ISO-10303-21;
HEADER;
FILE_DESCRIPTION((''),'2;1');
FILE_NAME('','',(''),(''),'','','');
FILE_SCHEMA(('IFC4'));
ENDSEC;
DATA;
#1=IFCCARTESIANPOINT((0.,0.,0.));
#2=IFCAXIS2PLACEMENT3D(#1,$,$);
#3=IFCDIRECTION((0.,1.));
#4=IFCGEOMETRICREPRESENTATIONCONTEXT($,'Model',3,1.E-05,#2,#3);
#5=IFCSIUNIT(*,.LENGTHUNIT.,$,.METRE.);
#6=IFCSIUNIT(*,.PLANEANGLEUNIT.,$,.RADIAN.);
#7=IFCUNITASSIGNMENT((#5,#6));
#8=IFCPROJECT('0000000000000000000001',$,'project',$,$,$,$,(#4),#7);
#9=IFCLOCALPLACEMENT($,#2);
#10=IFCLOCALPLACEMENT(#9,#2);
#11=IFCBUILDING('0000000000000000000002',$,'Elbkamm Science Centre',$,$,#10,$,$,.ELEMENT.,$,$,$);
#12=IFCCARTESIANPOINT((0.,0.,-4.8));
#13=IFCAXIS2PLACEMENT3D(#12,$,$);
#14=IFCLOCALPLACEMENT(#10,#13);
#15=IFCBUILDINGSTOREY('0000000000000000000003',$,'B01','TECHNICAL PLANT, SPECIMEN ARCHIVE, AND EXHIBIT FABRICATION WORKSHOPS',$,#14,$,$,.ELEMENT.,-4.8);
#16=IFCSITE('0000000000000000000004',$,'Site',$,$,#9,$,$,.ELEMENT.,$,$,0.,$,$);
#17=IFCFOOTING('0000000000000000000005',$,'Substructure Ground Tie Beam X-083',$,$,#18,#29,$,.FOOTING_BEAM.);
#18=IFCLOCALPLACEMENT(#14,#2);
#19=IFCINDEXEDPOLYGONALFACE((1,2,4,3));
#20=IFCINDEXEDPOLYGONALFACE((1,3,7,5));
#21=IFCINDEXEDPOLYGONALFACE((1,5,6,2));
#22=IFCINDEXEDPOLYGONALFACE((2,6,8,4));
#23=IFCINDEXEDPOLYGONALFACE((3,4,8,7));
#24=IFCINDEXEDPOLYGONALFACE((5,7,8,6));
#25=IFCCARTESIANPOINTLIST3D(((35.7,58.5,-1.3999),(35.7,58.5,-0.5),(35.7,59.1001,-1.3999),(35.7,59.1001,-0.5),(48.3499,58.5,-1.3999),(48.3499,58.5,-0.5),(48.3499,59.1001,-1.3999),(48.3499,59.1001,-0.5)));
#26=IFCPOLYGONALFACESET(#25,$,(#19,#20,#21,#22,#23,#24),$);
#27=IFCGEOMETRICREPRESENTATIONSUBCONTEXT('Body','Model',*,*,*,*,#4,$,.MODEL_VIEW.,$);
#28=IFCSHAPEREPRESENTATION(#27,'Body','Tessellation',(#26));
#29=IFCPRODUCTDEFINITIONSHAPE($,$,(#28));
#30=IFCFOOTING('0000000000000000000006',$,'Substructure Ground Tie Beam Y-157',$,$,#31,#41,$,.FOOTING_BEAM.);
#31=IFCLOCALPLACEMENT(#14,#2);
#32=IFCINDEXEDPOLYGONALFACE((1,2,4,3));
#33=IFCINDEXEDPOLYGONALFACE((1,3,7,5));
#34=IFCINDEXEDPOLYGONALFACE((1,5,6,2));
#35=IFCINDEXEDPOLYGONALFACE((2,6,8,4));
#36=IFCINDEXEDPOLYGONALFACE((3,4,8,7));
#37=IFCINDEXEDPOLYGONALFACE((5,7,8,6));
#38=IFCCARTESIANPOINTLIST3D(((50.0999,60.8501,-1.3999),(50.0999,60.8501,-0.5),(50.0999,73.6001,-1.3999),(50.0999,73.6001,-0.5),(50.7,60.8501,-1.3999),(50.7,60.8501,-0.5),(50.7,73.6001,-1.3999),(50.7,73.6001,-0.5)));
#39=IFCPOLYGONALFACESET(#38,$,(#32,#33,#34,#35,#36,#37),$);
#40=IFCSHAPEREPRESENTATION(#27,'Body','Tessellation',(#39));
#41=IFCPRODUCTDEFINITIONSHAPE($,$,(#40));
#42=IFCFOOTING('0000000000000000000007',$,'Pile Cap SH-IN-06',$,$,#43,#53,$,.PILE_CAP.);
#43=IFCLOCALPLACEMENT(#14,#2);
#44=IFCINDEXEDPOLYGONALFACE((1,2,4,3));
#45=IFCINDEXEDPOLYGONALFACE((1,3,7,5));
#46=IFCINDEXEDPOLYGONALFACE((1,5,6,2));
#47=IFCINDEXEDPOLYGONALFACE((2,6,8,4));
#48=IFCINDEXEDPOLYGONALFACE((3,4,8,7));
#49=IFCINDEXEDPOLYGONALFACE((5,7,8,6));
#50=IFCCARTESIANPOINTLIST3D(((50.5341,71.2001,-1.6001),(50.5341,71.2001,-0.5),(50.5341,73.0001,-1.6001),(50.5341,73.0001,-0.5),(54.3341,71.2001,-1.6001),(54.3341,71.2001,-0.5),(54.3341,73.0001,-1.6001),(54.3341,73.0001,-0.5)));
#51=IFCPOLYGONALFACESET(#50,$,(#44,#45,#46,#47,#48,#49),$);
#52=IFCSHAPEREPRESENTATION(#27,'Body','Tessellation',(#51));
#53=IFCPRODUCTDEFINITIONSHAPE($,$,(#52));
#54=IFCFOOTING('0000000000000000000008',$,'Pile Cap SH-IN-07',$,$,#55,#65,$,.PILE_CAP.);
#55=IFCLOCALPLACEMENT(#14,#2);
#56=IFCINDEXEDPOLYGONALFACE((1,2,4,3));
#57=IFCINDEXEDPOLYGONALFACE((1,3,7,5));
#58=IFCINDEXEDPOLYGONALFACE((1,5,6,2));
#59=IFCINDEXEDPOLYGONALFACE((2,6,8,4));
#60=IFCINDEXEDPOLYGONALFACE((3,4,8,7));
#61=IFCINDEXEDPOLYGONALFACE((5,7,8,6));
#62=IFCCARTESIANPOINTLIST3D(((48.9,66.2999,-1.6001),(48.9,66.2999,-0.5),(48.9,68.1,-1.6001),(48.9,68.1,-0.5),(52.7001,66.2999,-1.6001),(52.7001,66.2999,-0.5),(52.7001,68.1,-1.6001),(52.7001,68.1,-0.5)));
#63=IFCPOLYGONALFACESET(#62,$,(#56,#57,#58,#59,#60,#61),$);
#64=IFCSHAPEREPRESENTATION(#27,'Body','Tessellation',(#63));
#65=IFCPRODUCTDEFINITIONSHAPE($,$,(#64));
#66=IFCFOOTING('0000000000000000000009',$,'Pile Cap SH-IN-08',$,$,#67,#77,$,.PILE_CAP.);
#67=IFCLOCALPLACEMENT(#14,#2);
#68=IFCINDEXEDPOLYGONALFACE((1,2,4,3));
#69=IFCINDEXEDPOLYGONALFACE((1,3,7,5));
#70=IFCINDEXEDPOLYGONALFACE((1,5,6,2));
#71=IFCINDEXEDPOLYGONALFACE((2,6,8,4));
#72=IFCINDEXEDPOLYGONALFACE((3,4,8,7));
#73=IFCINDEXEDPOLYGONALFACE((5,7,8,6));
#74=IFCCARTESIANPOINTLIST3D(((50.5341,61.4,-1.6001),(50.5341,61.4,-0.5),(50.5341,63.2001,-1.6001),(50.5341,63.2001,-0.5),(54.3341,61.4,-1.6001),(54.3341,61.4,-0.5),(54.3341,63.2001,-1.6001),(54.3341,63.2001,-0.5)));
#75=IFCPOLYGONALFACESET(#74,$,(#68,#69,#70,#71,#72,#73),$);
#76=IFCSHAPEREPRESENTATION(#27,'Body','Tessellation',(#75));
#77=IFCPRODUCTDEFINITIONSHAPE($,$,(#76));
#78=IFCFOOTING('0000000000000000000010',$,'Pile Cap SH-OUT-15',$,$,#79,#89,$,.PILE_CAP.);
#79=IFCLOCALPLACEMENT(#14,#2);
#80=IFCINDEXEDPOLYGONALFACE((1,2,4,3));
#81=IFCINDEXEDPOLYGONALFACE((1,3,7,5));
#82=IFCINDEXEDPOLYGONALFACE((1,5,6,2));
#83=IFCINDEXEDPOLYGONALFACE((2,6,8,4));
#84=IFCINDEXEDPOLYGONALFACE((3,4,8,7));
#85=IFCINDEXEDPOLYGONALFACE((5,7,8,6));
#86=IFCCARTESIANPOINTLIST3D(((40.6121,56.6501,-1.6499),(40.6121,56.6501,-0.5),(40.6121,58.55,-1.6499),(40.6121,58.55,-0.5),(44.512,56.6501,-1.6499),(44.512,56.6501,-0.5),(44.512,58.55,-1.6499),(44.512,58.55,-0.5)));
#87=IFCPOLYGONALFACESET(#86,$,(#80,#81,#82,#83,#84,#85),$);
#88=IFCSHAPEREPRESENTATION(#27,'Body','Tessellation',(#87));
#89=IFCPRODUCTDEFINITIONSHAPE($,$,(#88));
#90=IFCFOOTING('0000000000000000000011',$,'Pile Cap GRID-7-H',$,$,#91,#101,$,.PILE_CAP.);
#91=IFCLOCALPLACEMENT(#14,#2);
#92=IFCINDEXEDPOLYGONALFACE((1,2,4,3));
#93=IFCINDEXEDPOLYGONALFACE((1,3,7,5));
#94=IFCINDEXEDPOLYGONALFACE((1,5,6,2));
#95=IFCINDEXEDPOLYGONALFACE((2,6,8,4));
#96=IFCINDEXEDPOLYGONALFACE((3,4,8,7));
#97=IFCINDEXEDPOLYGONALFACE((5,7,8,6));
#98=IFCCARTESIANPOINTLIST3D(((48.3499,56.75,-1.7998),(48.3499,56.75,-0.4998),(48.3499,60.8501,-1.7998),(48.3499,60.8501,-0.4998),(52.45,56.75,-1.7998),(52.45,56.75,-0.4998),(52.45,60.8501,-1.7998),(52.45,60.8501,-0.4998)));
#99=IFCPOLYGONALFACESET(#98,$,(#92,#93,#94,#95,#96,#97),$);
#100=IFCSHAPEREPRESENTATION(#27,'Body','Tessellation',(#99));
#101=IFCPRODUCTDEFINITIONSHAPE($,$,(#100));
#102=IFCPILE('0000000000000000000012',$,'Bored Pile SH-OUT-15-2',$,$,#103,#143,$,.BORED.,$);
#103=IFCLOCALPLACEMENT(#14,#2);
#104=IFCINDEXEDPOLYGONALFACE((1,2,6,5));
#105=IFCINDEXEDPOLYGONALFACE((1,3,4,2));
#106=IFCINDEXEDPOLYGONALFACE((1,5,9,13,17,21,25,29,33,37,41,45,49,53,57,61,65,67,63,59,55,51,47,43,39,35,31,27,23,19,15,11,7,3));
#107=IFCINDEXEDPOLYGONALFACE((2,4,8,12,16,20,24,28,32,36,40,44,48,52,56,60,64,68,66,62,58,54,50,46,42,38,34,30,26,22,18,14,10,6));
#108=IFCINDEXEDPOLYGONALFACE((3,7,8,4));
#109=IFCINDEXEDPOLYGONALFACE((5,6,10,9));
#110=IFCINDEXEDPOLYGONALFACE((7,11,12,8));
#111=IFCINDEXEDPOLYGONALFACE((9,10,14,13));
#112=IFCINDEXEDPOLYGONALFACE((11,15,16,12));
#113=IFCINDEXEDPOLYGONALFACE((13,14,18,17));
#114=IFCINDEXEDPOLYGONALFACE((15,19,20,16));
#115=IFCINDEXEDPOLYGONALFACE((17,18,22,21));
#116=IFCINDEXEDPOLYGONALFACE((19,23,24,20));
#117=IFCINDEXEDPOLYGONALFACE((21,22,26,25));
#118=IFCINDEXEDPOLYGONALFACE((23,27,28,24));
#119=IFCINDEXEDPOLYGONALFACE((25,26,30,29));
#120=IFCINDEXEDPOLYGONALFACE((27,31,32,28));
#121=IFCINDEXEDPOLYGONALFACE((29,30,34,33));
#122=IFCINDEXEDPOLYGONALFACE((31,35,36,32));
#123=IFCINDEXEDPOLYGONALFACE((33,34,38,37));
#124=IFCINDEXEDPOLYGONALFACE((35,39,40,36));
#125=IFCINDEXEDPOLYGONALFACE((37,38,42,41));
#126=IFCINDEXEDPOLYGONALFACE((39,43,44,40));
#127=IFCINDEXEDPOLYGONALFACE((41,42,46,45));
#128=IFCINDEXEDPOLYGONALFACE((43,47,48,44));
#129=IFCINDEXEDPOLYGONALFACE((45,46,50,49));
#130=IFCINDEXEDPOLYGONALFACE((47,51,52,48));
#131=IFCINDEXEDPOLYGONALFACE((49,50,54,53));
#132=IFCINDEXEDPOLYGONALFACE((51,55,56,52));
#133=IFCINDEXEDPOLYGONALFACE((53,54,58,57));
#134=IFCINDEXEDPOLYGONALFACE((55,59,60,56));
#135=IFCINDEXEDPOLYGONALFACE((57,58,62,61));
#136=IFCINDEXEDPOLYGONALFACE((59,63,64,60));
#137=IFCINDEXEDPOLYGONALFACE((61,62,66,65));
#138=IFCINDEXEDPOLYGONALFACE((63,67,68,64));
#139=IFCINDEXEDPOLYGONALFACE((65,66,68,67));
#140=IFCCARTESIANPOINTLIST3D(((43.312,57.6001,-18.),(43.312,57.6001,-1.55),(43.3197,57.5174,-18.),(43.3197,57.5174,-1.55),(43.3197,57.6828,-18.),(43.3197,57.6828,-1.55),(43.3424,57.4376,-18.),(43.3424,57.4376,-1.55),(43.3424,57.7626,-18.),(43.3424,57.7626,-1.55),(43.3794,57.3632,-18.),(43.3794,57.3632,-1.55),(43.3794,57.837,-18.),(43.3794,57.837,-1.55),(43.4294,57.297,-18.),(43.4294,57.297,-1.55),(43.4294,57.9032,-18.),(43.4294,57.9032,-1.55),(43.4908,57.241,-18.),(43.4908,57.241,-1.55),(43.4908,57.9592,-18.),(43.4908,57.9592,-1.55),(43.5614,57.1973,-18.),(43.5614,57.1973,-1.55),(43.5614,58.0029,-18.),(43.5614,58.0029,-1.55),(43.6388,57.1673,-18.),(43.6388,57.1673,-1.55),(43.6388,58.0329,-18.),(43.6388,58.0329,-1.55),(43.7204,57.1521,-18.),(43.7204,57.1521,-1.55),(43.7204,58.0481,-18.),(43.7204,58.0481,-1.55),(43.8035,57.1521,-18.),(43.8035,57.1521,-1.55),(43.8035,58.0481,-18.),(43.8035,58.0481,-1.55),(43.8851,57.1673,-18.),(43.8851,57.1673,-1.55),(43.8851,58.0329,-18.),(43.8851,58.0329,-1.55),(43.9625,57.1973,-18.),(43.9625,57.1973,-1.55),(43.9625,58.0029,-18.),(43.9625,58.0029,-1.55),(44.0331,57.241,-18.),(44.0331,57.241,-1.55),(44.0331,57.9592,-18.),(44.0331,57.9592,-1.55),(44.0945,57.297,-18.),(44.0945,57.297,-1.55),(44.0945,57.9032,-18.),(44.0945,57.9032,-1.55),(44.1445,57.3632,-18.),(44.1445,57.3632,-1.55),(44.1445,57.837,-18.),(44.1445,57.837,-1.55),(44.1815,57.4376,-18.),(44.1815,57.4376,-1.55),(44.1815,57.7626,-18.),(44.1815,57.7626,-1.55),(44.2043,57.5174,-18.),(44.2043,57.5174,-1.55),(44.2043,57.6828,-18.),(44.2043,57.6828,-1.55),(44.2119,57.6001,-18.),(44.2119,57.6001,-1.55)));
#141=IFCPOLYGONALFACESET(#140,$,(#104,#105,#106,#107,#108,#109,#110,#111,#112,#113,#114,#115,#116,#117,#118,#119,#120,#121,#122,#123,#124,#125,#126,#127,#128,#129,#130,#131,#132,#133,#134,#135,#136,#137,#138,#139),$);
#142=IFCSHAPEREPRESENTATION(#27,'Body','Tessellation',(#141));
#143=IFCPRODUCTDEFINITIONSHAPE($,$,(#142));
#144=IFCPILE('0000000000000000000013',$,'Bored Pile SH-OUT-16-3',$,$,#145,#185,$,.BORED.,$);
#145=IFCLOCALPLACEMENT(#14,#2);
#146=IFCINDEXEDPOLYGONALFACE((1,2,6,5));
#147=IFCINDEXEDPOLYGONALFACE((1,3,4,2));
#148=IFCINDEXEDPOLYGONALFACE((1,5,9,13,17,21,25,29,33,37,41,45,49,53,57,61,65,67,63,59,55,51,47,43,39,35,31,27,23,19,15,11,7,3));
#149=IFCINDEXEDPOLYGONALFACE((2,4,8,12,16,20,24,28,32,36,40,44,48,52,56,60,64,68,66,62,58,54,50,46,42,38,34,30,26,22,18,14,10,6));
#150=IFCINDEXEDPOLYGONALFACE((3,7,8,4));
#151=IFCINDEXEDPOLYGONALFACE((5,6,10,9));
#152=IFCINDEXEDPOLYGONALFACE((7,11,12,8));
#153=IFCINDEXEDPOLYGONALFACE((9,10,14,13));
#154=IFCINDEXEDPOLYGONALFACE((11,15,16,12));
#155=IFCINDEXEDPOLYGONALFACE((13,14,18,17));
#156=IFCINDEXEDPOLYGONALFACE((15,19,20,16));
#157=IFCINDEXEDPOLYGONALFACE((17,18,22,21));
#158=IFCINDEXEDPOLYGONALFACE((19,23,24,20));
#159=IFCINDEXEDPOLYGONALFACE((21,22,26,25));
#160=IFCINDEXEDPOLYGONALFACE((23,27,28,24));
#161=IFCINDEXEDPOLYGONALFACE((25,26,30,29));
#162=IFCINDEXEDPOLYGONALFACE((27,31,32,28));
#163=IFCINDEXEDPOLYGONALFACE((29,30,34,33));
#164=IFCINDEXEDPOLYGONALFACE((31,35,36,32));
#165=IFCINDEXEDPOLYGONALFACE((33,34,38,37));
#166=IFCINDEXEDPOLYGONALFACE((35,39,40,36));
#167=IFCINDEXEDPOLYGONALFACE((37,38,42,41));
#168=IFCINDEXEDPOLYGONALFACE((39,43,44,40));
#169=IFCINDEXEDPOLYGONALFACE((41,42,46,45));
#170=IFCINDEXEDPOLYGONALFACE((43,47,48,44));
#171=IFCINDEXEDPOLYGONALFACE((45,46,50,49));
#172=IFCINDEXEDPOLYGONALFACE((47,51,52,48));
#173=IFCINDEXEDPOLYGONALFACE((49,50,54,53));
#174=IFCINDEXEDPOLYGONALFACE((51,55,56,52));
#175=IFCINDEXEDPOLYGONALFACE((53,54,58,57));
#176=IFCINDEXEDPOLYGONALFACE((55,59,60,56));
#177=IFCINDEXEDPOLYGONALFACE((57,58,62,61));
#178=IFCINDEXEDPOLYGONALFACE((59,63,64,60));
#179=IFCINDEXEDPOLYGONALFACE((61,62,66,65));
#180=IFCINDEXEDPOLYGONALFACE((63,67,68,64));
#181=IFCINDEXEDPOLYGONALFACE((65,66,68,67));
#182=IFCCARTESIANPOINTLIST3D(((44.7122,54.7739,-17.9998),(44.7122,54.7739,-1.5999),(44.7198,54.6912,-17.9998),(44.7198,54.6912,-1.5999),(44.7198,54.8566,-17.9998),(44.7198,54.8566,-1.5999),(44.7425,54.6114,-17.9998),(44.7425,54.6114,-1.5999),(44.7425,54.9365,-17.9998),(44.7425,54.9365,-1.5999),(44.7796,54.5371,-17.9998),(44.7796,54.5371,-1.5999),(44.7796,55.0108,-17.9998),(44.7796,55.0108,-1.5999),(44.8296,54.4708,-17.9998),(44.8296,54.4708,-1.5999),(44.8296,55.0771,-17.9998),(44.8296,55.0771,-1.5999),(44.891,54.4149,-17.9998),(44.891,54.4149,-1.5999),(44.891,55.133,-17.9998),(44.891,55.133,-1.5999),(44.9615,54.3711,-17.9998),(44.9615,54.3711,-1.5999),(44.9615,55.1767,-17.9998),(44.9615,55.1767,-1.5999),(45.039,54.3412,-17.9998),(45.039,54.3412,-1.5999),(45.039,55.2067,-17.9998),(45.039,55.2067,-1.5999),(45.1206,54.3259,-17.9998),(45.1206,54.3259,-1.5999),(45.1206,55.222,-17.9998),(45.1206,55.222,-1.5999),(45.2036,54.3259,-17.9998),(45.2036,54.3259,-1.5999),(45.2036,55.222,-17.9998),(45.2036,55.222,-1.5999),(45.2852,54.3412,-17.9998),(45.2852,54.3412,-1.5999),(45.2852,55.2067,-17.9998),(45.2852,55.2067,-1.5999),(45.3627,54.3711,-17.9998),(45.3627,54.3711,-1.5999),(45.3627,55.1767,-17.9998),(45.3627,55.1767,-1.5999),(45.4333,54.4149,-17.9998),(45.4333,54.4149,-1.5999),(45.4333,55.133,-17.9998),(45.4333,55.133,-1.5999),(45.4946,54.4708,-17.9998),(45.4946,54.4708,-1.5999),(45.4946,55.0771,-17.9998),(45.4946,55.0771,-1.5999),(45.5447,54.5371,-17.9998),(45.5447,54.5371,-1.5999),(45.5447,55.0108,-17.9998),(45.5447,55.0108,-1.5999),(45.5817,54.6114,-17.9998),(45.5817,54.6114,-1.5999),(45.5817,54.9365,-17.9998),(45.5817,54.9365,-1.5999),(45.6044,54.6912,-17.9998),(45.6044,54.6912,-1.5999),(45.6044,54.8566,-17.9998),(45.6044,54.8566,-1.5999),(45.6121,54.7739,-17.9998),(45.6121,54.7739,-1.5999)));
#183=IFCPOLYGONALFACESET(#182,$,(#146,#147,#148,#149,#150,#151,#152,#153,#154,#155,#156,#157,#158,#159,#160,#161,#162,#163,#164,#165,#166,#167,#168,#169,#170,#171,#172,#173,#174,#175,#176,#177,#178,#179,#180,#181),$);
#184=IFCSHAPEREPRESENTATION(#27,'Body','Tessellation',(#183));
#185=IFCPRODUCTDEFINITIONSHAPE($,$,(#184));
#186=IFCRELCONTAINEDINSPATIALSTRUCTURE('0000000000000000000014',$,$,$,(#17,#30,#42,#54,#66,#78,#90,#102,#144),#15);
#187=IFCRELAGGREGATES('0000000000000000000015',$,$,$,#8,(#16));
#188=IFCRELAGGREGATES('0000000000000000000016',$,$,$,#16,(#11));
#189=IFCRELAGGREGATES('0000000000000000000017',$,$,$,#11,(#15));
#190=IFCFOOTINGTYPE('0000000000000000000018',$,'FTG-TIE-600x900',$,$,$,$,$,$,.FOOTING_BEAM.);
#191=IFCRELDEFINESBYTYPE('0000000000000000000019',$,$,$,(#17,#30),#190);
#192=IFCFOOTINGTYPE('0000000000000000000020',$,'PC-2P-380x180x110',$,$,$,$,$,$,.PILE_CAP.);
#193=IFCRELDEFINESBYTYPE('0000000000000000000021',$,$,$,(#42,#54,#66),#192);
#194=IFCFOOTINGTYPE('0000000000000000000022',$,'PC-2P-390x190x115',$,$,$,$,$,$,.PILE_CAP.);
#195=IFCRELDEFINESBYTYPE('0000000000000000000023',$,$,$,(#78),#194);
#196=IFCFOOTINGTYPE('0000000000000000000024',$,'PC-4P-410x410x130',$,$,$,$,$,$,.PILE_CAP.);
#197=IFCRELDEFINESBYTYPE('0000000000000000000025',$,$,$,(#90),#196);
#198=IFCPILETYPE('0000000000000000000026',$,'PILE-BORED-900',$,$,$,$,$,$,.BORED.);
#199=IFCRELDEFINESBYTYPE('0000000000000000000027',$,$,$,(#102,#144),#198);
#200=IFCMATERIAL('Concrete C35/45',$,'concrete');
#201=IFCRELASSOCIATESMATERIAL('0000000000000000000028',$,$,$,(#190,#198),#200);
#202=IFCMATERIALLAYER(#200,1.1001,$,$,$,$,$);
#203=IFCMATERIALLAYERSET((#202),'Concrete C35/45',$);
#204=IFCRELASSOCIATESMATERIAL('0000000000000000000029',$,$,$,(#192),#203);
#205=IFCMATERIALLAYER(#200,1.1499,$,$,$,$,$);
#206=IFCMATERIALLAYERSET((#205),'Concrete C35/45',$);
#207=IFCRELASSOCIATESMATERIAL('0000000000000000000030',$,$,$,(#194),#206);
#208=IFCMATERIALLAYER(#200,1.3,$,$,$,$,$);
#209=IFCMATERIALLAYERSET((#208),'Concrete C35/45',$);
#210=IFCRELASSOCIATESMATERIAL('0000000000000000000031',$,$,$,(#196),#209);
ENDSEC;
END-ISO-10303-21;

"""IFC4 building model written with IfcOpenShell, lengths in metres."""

from ifc_helpers import new_model, si_unit, direction, frame, origin, origin_2d, place, context, subcontext, project, spatial, rectangle, circle, extrude, material, layer, layer_set, material_profile, profile_set, type_object, element, save


model = new_model("IFC4")

# Units and contexts
model_context = context("Model", 3, precision=1e-05, world=origin(), true_north=direction((0.0, 1.0)))
body_context = subcontext(model_context, "Body", "Model", "MODEL_VIEW")
ifc_project = project(units=[si_unit("LENGTHUNIT", "METRE"), si_unit("PLANEANGLEUNIT", "RADIAN")], contexts=[model_context])

# Site, building, storey
site_placement = place(None, origin())
site = spatial("IfcSite", under=ifc_project, at=site_placement, Name="Site", CompositionType="ELEMENT", RefElevation=0.0)
building_placement = place(site_placement, origin())
building = spatial("IfcBuilding", under=site, at=building_placement, Name="Elbkamm Science Centre", CompositionType="ELEMENT")
storey_placement = place(building_placement, frame((0.0, 0.0, -4.8)))
storey = spatial("IfcBuildingStorey", under=building, at=storey_placement, Name="B01", Description="TECHNICAL PLANT, SPECIMEN ARCHIVE, AND EXHIBIT FABRICATION WORKSHOPS", CompositionType="ELEMENT", Elevation=-4.8)

# Footings
ifc_material_1 = material(Name="Concrete C35/45", Category="concrete")
footing_type_1 = type_object("IfcFootingType", Name="FTG-TIE-600x900", PredefinedType="FOOTING_BEAM", material=ifc_material_1)
footing_1_placement = place(storey_placement, frame((42.0249, 58.8, -1.3999), z_axis=(0.0, 0.0, 1.0), x_axis=(1.0, 0.0, 0.0)))
element("IfcFooting", 1, at=footing_1_placement, inside=storey, type_object=footing_type_1, Name="Substructure Ground Tie Beam X-083", PredefinedType="FOOTING_BEAM", context=body_context, shape_type="SweptSolid", body=[
    extrude(rectangle(XDim=12.6499, YDim=0.6001, at=origin_2d()), origin(), (0.0, 0.0, 1.0), 0.8999),
])
footing_2_placement = place(storey_placement, frame((50.3999, 67.2251, -1.3999), z_axis=(0.0, 0.0, 1.0), x_axis=(1.0, 0.0, 0.0)))
element("IfcFooting", 2, at=footing_2_placement, inside=storey, type_object=footing_type_1, Name="Substructure Ground Tie Beam Y-157", PredefinedType="FOOTING_BEAM", context=body_context, shape_type="SweptSolid", body=[
    extrude(rectangle(XDim=0.6001, YDim=12.75, at=origin_2d()), origin(), (0.0, 0.0, 1.0), 0.8999),
])
ifc_layer_1 = layer(ifc_material_1, 1.1001)
ifc_layer_set_1 = layer_set([ifc_layer_1], Name="Concrete C35/45")
footing_type_2 = type_object("IfcFootingType", Name="PC-2P-380x180x110", PredefinedType="PILE_CAP", material=ifc_layer_set_1)
for number, where, z_axis, x_axis, name in (
    (3, (52.4341, 72.1001, -1.6001), (0.0, 0.0, 1.0), (1.0, 0.0, 0.0), "Pile Cap SH-IN-06"),
    (4, (50.8, 67.2, -1.6001), (0.0, 0.0, 1.0), (1.0, 0.0, 0.0), "Pile Cap SH-IN-07"),
    (5, (52.4341, 62.3, -1.6001), (0.0, 0.0, 1.0), (1.0, 0.0, 0.0), "Pile Cap SH-IN-08"),
):
    element("IfcFooting", number, at=place(storey_placement, frame(where, z_axis=z_axis, x_axis=x_axis)), inside=storey, type_object=footing_type_2, Name=name, PredefinedType="PILE_CAP", context=body_context, shape_type="SweptSolid", body=[
        extrude(rectangle(XDim=3.8, YDim=1.8, at=origin_2d()), origin(), (0.0, 0.0, 1.0), 1.1001),
    ])
ifc_layer_2 = layer(ifc_material_1, 1.1499)
ifc_layer_set_2 = layer_set([ifc_layer_2], Name="Concrete C35/45")
footing_type_3 = type_object("IfcFootingType", Name="PC-2P-390x190x115", PredefinedType="PILE_CAP", material=ifc_layer_set_2)
footing_3_placement = place(storey_placement, frame((42.562, 57.6001, -1.6499), z_axis=(0.0, 0.0, 1.0), x_axis=(1.0, 0.0, 0.0)))
element("IfcFooting", 6, at=footing_3_placement, inside=storey, type_object=footing_type_3, Name="Pile Cap SH-OUT-15", PredefinedType="PILE_CAP", context=body_context, shape_type="SweptSolid", body=[
    extrude(rectangle(XDim=3.8999, YDim=1.8999, at=origin_2d()), origin(), (0.0, 0.0, 1.0), 1.1499),
])
ifc_layer_3 = layer(ifc_material_1, 1.3)
ifc_layer_set_3 = layer_set([ifc_layer_3], Name="Concrete C35/45")
footing_type_4 = type_object("IfcFootingType", Name="PC-4P-410x410x130", PredefinedType="PILE_CAP", material=ifc_layer_set_3)
footing_4_placement = place(storey_placement, frame((50.3999, 58.8, -1.7998), z_axis=(0.0, 0.0, 1.0), x_axis=(1.0, 0.0, 0.0)))
element("IfcFooting", 7, at=footing_4_placement, inside=storey, type_object=footing_type_4, Name="Pile Cap GRID-7-H", PredefinedType="PILE_CAP", context=body_context, shape_type="SweptSolid", body=[
    extrude(rectangle(XDim=4.1001, YDim=4.1001, at=origin_2d()), origin(), (0.0, 0.0, 1.0), 1.3),
])

# Piles
ifc_material_profile_1 = material_profile(ifc_material_1, circle(Radius=0.45, at=origin_2d()), Name="PILE D900")
ifc_profile_set_1 = profile_set([ifc_material_profile_1], Name="Concrete C35/45")
pile_type = type_object("IfcPileType", Name="PILE-BORED-900", PredefinedType="BORED", material=ifc_profile_set_1)
pile_placement = place(storey_placement, frame((43.762, 57.6001, -1.55), z_axis=(0.0, 0.0, -1.0), x_axis=(1.0, 0.0, 0.0)))
element("IfcPile", 8, at=pile_placement, inside=storey, type_object=pile_type, Name="Bored Pile SH-OUT-15-2", PredefinedType="BORED", context=body_context, shape_type="SweptSolid", body=[
    extrude(circle(Radius=0.45, at=origin_2d()), origin(), (0.0, 0.0, 1.0), 16.45),
])
for number, where, z_axis, x_axis, name in (
    (9, (45.1621, 54.7739, -1.5999), (0.0, 0.0, -1.0), (1.0, 0.0, 0.0), "Bored Pile SH-OUT-16-3"),
):
    element("IfcPile", number, at=place(storey_placement, frame(where, z_axis=z_axis, x_axis=x_axis)), inside=storey, type_object=pile_type, Name=name, PredefinedType="BORED", context=body_context, shape_type="SweptSolid", body=[
        extrude(circle(Radius=0.45, at=origin_2d()), origin(), (0.0, 0.0, 1.0), 16.3999),
    ])

save(model, "model.ifc")
